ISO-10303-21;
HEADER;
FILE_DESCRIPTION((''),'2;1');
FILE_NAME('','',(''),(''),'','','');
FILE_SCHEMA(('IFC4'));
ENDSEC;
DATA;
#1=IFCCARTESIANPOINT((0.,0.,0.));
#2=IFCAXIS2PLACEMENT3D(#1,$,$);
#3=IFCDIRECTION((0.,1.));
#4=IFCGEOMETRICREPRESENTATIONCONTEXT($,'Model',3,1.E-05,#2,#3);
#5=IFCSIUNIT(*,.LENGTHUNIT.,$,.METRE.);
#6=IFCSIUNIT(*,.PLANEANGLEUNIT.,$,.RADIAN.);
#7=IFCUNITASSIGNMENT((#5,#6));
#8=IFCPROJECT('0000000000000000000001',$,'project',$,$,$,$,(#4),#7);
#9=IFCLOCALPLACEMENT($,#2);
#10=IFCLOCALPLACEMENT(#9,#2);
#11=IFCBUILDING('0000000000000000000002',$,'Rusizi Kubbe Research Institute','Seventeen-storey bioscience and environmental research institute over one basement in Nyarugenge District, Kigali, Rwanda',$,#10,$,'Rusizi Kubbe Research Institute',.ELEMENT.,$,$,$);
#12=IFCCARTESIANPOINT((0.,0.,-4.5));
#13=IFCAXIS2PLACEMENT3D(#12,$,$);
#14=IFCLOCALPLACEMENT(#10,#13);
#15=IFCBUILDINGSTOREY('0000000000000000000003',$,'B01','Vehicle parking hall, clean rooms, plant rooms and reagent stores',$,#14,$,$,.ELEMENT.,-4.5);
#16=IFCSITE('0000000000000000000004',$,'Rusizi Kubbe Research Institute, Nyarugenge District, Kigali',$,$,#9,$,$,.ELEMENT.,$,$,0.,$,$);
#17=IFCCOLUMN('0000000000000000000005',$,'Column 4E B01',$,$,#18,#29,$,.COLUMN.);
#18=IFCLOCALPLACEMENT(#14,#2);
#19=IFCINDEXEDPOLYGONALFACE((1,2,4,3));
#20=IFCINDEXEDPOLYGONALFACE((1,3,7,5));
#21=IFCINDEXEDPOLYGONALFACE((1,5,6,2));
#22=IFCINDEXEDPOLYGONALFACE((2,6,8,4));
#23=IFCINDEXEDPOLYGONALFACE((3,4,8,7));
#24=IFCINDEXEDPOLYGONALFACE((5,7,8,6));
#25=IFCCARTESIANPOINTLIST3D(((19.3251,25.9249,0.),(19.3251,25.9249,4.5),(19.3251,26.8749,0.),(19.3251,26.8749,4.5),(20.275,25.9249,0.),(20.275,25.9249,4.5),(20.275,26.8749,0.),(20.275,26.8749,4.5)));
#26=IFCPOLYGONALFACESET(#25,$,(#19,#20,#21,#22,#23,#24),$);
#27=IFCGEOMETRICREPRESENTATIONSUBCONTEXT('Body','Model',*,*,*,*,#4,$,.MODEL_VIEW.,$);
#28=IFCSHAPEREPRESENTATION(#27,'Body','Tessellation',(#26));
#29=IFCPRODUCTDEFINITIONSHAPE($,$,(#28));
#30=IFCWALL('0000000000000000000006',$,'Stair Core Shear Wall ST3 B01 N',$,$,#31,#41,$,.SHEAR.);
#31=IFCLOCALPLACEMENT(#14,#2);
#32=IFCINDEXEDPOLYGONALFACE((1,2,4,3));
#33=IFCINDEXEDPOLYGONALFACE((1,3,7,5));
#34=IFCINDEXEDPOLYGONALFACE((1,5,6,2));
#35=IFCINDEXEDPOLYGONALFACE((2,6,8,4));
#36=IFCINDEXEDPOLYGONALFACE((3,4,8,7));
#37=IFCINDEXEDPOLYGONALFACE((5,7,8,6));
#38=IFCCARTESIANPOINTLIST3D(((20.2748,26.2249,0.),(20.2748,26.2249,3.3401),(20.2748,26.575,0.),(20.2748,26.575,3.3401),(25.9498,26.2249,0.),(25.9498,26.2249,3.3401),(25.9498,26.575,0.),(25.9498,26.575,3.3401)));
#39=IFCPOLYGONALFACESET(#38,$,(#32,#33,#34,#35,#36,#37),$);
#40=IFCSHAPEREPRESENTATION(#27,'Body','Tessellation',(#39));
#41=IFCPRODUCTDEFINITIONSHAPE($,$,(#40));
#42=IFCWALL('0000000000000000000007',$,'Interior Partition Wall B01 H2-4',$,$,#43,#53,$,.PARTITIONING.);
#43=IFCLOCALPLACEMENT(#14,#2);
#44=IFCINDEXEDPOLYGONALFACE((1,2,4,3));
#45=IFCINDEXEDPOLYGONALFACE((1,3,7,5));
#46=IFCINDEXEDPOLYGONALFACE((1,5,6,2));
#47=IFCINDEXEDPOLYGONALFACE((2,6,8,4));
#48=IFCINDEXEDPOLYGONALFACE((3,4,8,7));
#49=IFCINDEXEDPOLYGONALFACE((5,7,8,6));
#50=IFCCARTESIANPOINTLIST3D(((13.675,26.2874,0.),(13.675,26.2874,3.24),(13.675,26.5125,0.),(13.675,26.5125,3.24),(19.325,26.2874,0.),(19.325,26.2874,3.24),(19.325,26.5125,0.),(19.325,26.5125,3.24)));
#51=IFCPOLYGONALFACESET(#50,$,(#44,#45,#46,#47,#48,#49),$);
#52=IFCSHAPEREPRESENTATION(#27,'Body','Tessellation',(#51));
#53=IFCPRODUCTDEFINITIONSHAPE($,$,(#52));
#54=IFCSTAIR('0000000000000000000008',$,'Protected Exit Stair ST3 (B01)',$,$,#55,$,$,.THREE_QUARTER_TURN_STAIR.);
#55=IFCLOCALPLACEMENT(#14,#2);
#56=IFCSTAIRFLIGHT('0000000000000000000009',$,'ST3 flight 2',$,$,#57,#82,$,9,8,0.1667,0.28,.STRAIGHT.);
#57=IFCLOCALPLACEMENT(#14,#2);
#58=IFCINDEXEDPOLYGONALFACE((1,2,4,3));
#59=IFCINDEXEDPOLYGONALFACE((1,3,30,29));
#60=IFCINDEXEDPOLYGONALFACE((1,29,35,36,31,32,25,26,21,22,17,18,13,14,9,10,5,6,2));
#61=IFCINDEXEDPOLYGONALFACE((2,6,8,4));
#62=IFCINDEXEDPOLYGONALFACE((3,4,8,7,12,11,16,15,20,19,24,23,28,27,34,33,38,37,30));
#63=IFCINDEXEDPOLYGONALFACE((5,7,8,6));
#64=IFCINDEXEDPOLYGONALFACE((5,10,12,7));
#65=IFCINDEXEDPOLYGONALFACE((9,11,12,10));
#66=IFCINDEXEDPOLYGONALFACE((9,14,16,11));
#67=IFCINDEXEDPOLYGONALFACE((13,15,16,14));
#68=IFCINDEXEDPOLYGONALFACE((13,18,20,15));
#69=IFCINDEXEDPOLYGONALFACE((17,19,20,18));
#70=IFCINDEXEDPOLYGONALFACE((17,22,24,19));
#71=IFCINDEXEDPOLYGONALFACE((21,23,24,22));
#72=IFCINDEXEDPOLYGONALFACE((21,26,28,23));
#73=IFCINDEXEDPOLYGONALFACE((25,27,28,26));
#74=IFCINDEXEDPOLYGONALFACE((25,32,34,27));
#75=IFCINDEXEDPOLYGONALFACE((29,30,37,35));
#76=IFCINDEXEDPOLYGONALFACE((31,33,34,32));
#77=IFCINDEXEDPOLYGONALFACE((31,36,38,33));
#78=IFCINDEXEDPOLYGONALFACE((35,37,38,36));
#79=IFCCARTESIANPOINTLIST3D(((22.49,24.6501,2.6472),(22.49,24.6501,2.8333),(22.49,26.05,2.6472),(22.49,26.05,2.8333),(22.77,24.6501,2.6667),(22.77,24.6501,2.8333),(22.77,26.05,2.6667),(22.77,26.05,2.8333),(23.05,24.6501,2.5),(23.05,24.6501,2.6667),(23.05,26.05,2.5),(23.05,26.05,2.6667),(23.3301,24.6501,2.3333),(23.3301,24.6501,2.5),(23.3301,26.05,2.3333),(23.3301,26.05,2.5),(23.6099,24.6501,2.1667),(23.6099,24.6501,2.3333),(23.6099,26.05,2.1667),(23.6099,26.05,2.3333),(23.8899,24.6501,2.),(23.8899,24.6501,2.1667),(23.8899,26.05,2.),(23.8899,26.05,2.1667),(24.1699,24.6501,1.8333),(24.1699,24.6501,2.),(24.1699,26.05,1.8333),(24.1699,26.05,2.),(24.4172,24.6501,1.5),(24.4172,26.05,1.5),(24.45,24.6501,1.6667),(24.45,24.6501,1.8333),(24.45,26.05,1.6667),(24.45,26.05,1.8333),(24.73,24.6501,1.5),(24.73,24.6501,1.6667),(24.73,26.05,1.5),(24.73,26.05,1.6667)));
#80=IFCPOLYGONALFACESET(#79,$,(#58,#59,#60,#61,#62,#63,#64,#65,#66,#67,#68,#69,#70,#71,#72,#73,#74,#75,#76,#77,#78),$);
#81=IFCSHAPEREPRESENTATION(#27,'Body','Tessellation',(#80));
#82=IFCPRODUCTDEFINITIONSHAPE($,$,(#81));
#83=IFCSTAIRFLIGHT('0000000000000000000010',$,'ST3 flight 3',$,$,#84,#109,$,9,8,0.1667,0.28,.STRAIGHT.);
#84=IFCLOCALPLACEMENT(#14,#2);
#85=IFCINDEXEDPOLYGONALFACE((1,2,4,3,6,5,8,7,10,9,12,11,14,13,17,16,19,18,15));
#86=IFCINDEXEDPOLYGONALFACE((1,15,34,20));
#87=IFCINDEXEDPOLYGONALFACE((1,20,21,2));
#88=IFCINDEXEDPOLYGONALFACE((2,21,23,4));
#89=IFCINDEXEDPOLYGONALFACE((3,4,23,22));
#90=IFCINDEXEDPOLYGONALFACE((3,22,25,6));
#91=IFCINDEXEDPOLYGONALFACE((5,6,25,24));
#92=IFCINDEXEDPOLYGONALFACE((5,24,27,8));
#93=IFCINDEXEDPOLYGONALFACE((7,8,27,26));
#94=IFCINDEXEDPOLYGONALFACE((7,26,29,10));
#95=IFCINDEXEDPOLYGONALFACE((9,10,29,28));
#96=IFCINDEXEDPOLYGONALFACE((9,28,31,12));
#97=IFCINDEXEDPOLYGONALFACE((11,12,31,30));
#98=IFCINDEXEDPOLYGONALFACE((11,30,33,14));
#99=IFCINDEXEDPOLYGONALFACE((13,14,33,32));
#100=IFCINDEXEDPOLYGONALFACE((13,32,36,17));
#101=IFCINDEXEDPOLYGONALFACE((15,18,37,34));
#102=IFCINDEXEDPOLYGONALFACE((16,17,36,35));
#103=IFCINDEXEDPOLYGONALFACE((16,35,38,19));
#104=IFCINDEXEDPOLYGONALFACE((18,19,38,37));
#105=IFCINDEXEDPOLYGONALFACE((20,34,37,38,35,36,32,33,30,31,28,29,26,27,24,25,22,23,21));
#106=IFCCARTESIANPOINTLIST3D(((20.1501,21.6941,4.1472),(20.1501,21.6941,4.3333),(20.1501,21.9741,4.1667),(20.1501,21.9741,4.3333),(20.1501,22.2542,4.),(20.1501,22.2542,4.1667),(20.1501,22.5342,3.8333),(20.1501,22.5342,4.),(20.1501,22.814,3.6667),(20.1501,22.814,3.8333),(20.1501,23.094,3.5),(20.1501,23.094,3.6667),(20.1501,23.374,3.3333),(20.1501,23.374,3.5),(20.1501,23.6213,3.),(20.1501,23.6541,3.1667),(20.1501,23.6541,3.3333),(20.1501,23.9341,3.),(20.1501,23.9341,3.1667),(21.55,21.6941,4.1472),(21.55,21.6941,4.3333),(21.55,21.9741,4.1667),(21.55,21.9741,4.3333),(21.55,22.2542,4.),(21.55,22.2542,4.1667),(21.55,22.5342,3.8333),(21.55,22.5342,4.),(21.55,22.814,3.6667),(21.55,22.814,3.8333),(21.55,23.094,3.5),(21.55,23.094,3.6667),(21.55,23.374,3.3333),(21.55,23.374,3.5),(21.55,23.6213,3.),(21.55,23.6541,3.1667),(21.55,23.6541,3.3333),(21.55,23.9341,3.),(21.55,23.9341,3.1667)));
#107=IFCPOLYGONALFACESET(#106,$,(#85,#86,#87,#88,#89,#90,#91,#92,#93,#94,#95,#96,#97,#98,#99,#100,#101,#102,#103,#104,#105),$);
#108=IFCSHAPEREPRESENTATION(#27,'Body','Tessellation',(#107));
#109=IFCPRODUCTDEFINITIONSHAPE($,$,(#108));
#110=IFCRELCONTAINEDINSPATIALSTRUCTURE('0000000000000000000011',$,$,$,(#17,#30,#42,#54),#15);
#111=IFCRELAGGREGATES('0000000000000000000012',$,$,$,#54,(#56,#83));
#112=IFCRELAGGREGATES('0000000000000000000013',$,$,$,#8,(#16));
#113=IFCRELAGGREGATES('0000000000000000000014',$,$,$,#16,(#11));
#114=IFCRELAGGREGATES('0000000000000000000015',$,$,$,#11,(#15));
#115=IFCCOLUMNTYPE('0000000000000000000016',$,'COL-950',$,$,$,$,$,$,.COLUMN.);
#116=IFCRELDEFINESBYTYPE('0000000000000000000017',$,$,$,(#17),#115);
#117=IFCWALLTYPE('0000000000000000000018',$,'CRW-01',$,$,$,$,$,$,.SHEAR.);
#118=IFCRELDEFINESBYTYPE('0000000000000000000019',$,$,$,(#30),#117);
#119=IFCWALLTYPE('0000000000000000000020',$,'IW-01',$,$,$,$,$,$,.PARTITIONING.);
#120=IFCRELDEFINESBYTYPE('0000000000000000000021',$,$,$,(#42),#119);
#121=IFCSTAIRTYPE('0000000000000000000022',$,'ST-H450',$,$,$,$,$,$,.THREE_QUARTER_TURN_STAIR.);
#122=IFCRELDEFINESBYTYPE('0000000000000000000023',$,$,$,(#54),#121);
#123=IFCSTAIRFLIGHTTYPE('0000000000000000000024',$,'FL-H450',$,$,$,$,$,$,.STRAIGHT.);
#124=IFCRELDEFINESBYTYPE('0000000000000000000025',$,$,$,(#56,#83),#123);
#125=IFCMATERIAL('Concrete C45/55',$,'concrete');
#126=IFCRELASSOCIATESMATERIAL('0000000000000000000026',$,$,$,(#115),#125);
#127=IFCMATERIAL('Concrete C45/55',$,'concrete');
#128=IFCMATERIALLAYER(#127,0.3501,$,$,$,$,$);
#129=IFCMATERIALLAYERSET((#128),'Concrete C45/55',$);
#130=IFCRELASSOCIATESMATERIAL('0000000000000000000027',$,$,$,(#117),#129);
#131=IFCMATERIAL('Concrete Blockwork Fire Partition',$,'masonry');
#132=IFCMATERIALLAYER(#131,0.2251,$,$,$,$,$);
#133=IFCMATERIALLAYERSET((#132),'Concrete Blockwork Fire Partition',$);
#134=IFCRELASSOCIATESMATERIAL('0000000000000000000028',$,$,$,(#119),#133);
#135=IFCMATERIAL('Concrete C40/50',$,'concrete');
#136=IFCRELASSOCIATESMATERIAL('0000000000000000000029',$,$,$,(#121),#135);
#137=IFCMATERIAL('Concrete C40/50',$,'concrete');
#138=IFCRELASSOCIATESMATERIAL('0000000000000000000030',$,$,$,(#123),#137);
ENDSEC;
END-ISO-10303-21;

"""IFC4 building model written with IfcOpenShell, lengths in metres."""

from ifc_helpers import new_model, si_unit, direction, frame, frame_2d, origin, origin_2d, place, context, subcontext, project, spatial, polyline, rectangle, outline, extrude, material, layer, layer_set, material_profile, profile_set, type_object, element, aggregate, save


model = new_model("IFC4")

# Units and contexts
model_context = context("Model", 3, precision=1e-05, world=origin(), true_north=direction((0.0, 1.0)))
body_context = subcontext(model_context, "Body", "Model", "MODEL_VIEW")
ifc_project = project(units=[si_unit("LENGTHUNIT", "METRE"), si_unit("PLANEANGLEUNIT", "RADIAN")], contexts=[model_context])

# Site, building, storey
site_placement = place(None, origin())
site = spatial("IfcSite", under=ifc_project, at=site_placement, Name="Rusizi Kubbe Research Institute, Nyarugenge District, Kigali", CompositionType="ELEMENT", RefElevation=0.0)
building_placement = place(site_placement, origin())
building = spatial("IfcBuilding", under=site, at=building_placement, Name="Rusizi Kubbe Research Institute", Description="Seventeen-storey bioscience and environmental research institute over one basement in Nyarugenge District, Kigali, Rwanda", LongName="Rusizi Kubbe Research Institute", CompositionType="ELEMENT")
storey_placement = place(building_placement, frame((0.0, 0.0, -4.5)))
storey = spatial("IfcBuildingStorey", under=building, at=storey_placement, Name="B01", Description="Vehicle parking hall, clean rooms, plant rooms and reagent stores", CompositionType="ELEMENT", Elevation=-4.5)

# Column
ifc_material_1 = material(Name="Concrete C45/55", Category="concrete")
ifc_material_profile_1 = material_profile(ifc_material_1, rectangle(XDim=0.95, YDim=0.95, at=origin_2d()), Name="RC950x950")
ifc_profile_set_1 = profile_set([ifc_material_profile_1], Name="Concrete C45/55")
column_type = type_object("IfcColumnType", Name="COL-950", PredefinedType="COLUMN", material=ifc_profile_set_1)
column_placement = place(storey_placement, frame((19.8, 26.3999, 0.0), z_axis=(0.0, 0.0, 1.0), x_axis=(1.0, 0.0, 0.0)))
element("IfcColumn", 1, at=column_placement, inside=storey, type_object=column_type, Name="Column 4E B01", PredefinedType="COLUMN", context=body_context, shape_type="SweptSolid", body=[
    extrude(rectangle(XDim=0.95, YDim=0.95, at=origin_2d()), origin(), (0.0, 0.0, 1.0), 4.5),
])

# Walls
ifc_material_2 = material(Name="Concrete C45/55", Category="concrete")
ifc_layer_1 = layer(ifc_material_2, 0.3501)
ifc_layer_set_1 = layer_set([ifc_layer_1], Name="Concrete C45/55")
wall_type_1 = type_object("IfcWallType", Name="CRW-01", PredefinedType="SHEAR", material=ifc_layer_set_1)
wall_1_placement = place(storey_placement, frame((20.2749, 26.3999, 0.0), z_axis=(0.0, 0.0, 1.0), x_axis=(1.0, 0.0, 0.0)))
element("IfcWall", 2, at=wall_1_placement, inside=storey, type_object=wall_type_1, Name="Stair Core Shear Wall ST3 B01 N", PredefinedType="SHEAR", context=body_context, shape_type="SweptSolid", body=[
    extrude(rectangle(XDim=5.675, YDim=0.3501, at=frame_2d((2.8374, 0.0))), origin(), (0.0, 0.0, 1.0), 3.3401),
])
ifc_material_3 = material(Name="Concrete Blockwork Fire Partition", Category="masonry")
ifc_layer_2 = layer(ifc_material_3, 0.2251)
ifc_layer_set_2 = layer_set([ifc_layer_2], Name="Concrete Blockwork Fire Partition")
wall_type_2 = type_object("IfcWallType", Name="IW-01", PredefinedType="PARTITIONING", material=ifc_layer_set_2)
wall_2_placement = place(storey_placement, frame((13.675, 26.3999, 0.0), z_axis=(0.0, 0.0, 1.0), x_axis=(1.0, 0.0, 0.0)))
element("IfcWall", 3, at=wall_2_placement, inside=storey, type_object=wall_type_2, Name="Interior Partition Wall B01 H2-4", PredefinedType="PARTITIONING", context=body_context, shape_type="SweptSolid", body=[
    extrude(rectangle(XDim=5.6499, YDim=0.2251, at=frame_2d((2.825, 0.0))), origin(), (0.0, 0.0, 1.0), 3.24),
])

# Stair, stair flights
ifc_material_4 = material(Name="Concrete C40/50", Category="concrete")
stair_type = type_object("IfcStairType", Name="ST-H450", PredefinedType="THREE_QUARTER_TURN_STAIR", material=ifc_material_4)
stair_placement = place(storey_placement, origin())
stair = element("IfcStair", 4, at=stair_placement, inside=storey, type_object=stair_type, Name="Protected Exit Stair ST3 (B01)", PredefinedType="THREE_QUARTER_TURN_STAIR")
ifc_material_5 = material(Name="Concrete C40/50", Category="concrete")
stair_flight_type = type_object("IfcStairFlightType", Name="FL-H450", PredefinedType="STRAIGHT", material=ifc_material_5)
stair_flight_1_placement = place(storey_placement, frame((24.73, 25.3501, 1.5), z_axis=(0.0, 0.0, 1.0), x_axis=(-1.0, 0.0, 0.0)))
stair_flight_1 = element("IfcStairFlight", 5, at=stair_flight_1_placement, type_object=stair_flight_type, Name="ST3 flight 2", NumberOfRisers=9, NumberOfTreads=8, PredefinedType="STRAIGHT", RiserHeight=0.1667, TreadLength=0.28, context=body_context, shape_type="SweptSolid", body=[
    extrude(outline(polyline([(0.0, 0.0), (0.0, 0.1667), (0.28, 0.1667), (0.28, 0.3333), (0.5601, 0.3333), (0.5601, 0.5), (0.8401, 0.5), (0.8401, 0.6667), (1.1201, 0.6667), (1.1201, 0.8333), (1.3999, 0.8333), (1.3999, 1.0), (1.6799, 1.0), (1.6799, 1.1667), (1.96, 1.1667), (1.96, 1.3333), (2.24, 1.3333), (2.24, 1.5), (2.24, 1.1472), (0.3127, 0.0), (0.0, 0.0)])), frame((0.0, 0.7, 0.0), z_axis=(0.0, -1.0, 0.0), x_axis=(1.0, 0.0, 0.0)), (0.0, 0.0, 1.0), 1.3999),
])
stair_flight_2_placement = place(storey_placement, frame((20.8501, 23.9341, 3.0), z_axis=(0.0, 0.0, 1.0), x_axis=(0.0, -1.0, 0.0)))
stair_flight_2 = element("IfcStairFlight", 6, at=stair_flight_2_placement, type_object=stair_flight_type, Name="ST3 flight 3", NumberOfRisers=9, NumberOfTreads=8, PredefinedType="STRAIGHT", RiserHeight=0.1667, TreadLength=0.28, context=body_context, shape_type="SweptSolid", body=[
    extrude(outline(polyline([(0.0, 0.0), (0.0, 0.1667), (0.28, 0.1667), (0.28, 0.3333), (0.5601, 0.3333), (0.5601, 0.5), (0.8401, 0.5), (0.8401, 0.6667), (1.1201, 0.6667), (1.1201, 0.8333), (1.3999, 0.8333), (1.3999, 1.0), (1.6799, 1.0), (1.6799, 1.1667), (1.96, 1.1667), (1.96, 1.3333), (2.24, 1.3333), (2.24, 1.5), (2.24, 1.1472), (0.3127, 0.0), (0.0, 0.0)])), frame((0.0, 0.7, 0.0), z_axis=(0.0, -1.0, 0.0), x_axis=(1.0, 0.0, 0.0)), (0.0, 0.0, 1.0), 1.3999),
])
aggregate(stair, [stair_flight_1, stair_flight_2])

save(model, "model.ifc")
